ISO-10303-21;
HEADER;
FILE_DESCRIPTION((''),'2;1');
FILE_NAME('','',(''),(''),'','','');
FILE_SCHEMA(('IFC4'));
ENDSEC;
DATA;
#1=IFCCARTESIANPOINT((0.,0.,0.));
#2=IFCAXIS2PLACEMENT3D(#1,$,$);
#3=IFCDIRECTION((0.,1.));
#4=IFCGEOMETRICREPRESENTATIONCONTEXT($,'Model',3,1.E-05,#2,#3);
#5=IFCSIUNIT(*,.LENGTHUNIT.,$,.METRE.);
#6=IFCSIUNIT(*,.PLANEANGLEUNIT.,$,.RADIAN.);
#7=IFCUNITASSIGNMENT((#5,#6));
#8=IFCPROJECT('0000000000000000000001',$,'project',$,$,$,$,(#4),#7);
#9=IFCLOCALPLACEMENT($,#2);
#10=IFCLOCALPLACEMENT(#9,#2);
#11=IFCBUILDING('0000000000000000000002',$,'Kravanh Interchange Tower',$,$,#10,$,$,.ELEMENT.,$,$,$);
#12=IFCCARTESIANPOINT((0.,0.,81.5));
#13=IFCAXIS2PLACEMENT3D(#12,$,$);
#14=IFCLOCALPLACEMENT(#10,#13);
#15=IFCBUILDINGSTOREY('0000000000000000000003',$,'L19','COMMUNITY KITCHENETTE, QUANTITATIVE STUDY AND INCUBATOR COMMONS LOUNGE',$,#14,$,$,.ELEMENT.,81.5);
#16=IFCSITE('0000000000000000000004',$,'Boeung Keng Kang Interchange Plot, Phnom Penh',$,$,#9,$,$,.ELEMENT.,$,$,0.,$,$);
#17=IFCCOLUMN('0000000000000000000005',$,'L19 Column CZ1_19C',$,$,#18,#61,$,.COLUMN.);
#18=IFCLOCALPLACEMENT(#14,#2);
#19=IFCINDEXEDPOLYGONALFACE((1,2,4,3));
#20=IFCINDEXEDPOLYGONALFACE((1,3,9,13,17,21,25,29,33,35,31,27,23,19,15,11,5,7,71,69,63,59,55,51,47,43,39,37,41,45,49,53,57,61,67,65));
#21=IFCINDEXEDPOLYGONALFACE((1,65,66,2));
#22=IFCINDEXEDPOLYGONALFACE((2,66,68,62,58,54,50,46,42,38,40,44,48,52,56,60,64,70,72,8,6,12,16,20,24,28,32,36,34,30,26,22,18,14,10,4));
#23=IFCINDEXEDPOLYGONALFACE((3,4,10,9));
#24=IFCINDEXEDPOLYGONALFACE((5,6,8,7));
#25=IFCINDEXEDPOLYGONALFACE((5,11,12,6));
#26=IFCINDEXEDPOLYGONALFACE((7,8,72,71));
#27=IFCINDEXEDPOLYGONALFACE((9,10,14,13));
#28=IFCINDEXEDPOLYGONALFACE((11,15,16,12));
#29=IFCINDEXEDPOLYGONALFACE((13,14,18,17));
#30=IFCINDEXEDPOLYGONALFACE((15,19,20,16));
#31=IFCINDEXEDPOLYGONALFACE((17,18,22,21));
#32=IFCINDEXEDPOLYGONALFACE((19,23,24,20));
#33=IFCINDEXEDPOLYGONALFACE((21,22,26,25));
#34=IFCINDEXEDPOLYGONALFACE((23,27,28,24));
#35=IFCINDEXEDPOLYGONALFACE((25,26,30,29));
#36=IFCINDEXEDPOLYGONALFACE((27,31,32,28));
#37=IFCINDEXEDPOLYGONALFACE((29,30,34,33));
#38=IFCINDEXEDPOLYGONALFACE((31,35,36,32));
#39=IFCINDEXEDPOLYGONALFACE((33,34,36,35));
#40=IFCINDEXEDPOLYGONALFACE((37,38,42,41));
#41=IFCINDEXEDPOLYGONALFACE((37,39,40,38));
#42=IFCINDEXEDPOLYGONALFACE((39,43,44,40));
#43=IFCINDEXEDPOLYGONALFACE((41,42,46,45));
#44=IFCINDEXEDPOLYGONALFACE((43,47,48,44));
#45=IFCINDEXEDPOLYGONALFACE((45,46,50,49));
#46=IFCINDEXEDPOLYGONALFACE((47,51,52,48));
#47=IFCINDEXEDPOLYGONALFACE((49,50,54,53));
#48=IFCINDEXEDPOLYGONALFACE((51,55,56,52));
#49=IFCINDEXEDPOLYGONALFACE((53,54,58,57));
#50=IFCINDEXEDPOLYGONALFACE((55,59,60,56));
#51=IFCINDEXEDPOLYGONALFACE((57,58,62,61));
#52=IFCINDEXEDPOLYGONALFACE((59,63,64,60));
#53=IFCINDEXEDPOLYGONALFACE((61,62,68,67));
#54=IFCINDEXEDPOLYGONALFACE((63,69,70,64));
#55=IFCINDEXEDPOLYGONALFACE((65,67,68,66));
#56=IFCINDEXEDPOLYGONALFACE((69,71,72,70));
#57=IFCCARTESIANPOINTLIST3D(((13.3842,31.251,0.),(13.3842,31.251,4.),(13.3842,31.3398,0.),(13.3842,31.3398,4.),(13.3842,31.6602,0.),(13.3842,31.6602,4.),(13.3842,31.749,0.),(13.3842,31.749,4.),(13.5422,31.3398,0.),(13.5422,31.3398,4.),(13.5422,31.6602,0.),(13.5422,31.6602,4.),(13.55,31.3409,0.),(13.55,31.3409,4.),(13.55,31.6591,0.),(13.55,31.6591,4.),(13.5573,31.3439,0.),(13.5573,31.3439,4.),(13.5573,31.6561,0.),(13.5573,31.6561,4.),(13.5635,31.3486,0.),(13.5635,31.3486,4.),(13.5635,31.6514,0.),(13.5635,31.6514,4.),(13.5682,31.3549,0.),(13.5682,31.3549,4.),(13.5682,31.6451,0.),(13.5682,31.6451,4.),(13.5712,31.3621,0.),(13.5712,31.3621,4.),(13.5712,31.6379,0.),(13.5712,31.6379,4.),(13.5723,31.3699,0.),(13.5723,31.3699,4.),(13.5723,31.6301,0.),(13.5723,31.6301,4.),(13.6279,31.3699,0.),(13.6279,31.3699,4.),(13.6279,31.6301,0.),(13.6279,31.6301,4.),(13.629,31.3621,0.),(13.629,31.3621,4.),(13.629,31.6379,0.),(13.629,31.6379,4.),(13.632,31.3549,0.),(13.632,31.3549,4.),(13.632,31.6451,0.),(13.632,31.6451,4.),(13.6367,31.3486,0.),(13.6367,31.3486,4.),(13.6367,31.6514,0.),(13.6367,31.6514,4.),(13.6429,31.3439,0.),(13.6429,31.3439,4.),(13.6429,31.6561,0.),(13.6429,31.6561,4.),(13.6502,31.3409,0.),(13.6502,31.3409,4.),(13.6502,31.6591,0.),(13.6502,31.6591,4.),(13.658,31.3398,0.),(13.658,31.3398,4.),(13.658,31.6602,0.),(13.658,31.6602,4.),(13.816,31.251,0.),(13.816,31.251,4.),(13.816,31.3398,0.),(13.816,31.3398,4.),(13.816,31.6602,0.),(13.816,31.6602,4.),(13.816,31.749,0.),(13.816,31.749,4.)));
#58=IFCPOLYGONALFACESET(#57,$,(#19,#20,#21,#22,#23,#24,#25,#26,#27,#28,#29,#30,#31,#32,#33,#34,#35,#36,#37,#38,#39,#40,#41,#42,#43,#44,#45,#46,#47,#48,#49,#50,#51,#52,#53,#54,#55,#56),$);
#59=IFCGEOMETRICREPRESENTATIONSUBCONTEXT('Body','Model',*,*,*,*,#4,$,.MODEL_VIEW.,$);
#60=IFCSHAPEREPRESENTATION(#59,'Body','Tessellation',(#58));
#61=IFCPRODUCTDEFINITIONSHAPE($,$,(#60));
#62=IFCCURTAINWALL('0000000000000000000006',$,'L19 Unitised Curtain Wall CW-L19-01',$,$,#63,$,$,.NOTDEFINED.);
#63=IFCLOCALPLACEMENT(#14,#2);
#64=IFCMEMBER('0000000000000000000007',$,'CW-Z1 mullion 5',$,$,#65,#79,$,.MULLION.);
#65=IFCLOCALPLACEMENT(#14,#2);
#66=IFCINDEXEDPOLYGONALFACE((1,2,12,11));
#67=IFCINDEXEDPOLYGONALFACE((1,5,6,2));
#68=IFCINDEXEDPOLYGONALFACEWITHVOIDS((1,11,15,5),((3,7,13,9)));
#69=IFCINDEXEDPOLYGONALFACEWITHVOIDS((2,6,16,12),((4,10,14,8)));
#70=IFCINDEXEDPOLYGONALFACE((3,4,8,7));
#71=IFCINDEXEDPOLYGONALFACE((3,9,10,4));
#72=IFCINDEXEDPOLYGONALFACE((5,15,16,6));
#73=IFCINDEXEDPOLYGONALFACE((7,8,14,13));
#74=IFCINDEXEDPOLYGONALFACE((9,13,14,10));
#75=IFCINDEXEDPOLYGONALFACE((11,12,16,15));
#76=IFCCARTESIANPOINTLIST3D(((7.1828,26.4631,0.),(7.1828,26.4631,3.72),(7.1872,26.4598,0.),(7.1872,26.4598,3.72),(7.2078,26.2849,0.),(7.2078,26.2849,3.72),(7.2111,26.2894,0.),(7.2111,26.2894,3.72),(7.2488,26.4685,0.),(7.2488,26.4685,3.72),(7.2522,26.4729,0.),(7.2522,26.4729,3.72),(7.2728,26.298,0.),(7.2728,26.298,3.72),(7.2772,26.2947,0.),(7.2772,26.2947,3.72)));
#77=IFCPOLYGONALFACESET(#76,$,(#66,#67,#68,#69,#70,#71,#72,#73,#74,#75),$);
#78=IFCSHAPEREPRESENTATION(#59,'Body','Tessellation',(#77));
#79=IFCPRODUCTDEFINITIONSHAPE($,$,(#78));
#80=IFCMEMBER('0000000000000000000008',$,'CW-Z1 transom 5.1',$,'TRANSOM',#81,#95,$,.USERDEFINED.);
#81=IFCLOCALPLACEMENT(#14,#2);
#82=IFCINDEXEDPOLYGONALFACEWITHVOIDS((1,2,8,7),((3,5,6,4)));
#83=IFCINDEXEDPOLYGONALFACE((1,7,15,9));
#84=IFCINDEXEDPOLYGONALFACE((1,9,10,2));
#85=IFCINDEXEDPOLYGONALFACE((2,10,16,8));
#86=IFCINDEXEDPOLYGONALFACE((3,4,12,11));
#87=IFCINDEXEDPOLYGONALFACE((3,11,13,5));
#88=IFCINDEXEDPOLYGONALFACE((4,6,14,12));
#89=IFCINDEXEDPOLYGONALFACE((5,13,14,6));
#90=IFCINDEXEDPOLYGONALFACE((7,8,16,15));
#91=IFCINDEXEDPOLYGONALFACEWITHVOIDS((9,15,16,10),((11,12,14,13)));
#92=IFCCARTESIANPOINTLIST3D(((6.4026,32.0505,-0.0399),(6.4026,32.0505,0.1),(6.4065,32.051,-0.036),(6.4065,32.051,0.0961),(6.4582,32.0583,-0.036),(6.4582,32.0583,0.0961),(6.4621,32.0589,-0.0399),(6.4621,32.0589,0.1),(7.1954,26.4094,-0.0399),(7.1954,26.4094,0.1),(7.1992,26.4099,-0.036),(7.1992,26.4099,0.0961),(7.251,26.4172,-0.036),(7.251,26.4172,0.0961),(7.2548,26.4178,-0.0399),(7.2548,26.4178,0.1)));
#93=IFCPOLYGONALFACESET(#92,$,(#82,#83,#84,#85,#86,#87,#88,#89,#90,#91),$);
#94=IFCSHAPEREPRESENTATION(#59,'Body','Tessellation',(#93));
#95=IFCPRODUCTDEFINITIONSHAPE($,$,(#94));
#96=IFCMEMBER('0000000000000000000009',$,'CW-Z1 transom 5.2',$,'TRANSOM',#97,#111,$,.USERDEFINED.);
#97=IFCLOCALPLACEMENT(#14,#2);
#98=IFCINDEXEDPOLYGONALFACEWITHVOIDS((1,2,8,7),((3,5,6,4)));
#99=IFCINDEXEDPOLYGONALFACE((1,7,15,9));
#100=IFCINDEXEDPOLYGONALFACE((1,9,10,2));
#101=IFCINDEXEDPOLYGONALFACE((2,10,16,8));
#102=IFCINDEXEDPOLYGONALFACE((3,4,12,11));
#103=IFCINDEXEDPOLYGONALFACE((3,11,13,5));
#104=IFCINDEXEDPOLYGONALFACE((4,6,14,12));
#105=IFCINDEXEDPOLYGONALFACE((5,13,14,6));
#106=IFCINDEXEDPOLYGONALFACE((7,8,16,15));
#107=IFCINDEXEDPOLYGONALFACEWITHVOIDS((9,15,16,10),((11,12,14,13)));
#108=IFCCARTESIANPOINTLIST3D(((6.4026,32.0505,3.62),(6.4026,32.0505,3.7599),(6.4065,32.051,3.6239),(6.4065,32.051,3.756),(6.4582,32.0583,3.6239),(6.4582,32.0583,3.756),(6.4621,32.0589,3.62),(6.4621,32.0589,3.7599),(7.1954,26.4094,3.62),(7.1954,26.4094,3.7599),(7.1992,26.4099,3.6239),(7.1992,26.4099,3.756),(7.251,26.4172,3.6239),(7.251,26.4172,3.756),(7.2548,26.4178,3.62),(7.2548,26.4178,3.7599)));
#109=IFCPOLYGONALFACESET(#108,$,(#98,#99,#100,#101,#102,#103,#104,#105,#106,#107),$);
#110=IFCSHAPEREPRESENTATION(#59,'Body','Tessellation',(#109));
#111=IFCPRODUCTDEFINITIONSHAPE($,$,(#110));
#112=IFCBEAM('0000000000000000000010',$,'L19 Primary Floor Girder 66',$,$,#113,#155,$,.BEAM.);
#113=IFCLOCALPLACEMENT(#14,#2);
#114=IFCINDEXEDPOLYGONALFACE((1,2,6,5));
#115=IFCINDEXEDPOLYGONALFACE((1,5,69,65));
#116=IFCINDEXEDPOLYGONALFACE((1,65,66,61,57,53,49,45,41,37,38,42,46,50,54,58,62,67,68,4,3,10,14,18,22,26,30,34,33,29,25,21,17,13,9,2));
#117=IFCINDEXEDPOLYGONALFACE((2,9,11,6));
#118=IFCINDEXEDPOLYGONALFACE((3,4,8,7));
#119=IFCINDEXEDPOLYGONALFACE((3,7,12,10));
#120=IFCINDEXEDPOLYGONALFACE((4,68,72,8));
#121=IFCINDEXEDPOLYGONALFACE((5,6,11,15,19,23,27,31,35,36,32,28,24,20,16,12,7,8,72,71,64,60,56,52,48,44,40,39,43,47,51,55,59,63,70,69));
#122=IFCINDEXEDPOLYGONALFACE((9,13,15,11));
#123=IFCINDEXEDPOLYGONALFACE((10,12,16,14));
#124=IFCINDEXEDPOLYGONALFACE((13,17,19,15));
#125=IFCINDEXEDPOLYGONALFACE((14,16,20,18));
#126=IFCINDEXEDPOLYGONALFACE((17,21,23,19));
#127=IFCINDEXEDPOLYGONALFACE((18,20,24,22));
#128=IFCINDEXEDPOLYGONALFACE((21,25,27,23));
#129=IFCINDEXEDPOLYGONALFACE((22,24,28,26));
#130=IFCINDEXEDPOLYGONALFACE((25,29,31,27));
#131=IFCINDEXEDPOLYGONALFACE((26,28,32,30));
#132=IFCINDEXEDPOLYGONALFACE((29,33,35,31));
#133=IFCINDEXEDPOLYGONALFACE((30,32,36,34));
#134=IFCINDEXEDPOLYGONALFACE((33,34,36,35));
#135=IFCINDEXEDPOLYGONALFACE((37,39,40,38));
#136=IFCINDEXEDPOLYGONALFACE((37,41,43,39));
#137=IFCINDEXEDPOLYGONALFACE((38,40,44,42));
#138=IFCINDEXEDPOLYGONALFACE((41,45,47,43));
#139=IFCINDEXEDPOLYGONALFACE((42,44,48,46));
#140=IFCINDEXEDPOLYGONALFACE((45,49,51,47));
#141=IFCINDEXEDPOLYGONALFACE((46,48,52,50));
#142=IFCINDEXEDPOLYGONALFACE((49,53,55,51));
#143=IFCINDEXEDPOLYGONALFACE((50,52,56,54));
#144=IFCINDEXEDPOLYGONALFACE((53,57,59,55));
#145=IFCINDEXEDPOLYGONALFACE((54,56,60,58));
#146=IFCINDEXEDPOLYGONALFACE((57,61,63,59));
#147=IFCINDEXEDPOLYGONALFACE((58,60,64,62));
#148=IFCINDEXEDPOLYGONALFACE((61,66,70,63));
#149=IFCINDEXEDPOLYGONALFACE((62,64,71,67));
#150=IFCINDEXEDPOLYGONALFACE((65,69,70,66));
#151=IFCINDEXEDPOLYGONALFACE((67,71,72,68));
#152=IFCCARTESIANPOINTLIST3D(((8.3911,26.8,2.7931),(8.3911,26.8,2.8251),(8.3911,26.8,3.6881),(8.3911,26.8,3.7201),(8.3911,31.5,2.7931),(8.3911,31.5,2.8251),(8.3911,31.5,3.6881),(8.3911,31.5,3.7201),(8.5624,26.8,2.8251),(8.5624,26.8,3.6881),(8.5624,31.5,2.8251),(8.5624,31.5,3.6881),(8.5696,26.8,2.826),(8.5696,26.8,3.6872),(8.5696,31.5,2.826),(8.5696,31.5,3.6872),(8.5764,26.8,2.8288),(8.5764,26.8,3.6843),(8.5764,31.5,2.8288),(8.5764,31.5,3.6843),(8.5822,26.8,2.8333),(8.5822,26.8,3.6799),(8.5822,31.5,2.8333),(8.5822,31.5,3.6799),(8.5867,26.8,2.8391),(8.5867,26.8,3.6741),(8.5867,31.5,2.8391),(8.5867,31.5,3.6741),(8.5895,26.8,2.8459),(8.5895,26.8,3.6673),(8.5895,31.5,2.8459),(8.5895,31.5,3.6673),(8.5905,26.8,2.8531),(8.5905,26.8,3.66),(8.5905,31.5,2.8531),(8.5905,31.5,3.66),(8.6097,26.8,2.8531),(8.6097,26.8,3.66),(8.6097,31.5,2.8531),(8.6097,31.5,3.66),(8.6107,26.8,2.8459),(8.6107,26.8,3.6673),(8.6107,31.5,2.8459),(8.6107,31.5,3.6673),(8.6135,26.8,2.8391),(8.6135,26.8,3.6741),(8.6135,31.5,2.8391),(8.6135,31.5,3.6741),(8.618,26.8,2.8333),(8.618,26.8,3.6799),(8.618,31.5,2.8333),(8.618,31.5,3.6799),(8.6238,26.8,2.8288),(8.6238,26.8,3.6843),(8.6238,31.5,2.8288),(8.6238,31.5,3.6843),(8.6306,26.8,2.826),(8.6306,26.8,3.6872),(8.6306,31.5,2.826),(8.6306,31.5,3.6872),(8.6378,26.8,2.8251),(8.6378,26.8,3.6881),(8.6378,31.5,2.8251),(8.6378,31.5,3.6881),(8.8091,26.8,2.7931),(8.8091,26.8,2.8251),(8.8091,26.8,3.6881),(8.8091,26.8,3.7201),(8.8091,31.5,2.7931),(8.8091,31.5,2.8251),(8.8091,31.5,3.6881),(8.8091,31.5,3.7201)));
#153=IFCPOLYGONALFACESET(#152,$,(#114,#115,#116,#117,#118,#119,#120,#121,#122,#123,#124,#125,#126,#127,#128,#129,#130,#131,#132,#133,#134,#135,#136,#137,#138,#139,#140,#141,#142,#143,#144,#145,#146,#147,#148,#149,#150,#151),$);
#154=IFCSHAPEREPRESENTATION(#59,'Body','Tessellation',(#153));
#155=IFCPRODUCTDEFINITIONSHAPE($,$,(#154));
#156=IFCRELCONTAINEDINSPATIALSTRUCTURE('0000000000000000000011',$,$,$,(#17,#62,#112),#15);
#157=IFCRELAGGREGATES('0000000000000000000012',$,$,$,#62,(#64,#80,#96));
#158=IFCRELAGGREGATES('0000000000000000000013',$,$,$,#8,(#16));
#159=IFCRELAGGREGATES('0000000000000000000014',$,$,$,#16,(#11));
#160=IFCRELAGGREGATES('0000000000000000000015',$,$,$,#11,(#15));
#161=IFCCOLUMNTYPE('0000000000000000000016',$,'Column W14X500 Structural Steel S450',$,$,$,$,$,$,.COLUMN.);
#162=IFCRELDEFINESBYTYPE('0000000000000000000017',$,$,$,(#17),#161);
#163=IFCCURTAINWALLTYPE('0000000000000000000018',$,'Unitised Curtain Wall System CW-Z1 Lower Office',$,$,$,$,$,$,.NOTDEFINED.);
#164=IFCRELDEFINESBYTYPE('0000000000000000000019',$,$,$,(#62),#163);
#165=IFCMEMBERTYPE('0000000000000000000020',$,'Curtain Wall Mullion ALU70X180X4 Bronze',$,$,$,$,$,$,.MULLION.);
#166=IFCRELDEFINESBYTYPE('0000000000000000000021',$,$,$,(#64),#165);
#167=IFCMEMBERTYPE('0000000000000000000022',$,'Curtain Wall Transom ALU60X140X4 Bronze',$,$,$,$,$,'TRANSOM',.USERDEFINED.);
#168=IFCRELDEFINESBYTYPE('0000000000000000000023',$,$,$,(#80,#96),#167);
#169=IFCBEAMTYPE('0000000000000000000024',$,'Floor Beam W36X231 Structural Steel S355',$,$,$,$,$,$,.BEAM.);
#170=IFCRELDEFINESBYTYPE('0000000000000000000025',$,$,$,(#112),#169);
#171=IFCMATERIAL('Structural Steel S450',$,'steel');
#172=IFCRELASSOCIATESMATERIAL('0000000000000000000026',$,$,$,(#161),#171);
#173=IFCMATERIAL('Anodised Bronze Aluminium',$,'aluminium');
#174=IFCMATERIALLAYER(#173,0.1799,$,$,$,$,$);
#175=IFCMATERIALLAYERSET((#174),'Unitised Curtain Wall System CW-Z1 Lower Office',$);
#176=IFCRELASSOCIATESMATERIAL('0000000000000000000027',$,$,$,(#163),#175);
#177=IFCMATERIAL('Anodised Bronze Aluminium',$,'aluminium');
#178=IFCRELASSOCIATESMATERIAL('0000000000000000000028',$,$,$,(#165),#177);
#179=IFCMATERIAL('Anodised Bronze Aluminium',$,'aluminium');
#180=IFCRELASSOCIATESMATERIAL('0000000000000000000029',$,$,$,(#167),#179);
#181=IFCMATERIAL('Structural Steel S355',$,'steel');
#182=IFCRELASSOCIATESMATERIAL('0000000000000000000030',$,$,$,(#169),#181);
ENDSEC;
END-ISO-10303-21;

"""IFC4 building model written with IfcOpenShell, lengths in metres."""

from ifc_helpers import new_model, si_unit, direction, frame, origin, origin_2d, place, context, subcontext, project, spatial, hollow_rectangle, i_section, extrude, material, layer, layer_set, material_profile, profile_set, type_object, element, aggregate, save


model = new_model("IFC4")

# Units and contexts
model_context = context("Model", 3, precision=1e-05, world=origin(), true_north=direction((0.0, 1.0)))
body_context = subcontext(model_context, "Body", "Model", "MODEL_VIEW")
ifc_project = project(units=[si_unit("LENGTHUNIT", "METRE"), si_unit("PLANEANGLEUNIT", "RADIAN")], contexts=[model_context])

# Site, building, storey
site_placement = place(None, origin())
site = spatial("IfcSite", under=ifc_project, at=site_placement, Name="Boeung Keng Kang Interchange Plot, Phnom Penh", CompositionType="ELEMENT", RefElevation=0.0)
building_placement = place(site_placement, origin())
building = spatial("IfcBuilding", under=site, at=building_placement, Name="Kravanh Interchange Tower", CompositionType="ELEMENT")
storey_placement = place(building_placement, frame((0.0, 0.0, 81.5)))
storey = spatial("IfcBuildingStorey", under=building, at=storey_placement, Name="L19", Description="COMMUNITY KITCHENETTE, QUANTITATIVE STUDY AND INCUBATOR COMMONS LOUNGE", CompositionType="ELEMENT", Elevation=81.5)

# Column
ifc_material_1 = material(Name="Structural Steel S450", Category="steel")
ifc_material_profile_1 = material_profile(ifc_material_1, i_section(OverallWidth=0.4319, OverallDepth=0.498, WebThickness=0.0557, FlangeThickness=0.0889, FilletRadius=0.03, at=origin_2d()), Name="W14X500")
ifc_profile_set_1 = profile_set([ifc_material_profile_1], Name="Structural Steel S450")
column_type = type_object("IfcColumnType", Name="Column W14X500 Structural Steel S450", PredefinedType="COLUMN", material=ifc_profile_set_1)
for number, where, z_axis, x_axis, name in (
    (1, (13.6001, 31.5, 0.0), (0.0, 0.0, 1.0), (1.0, 0.0, 0.0), "L19 Column CZ1_19C"),
):
    element("IfcColumn", number, at=place(storey_placement, frame(where, z_axis=z_axis, x_axis=x_axis)), inside=storey, type_object=column_type, Name=name, PredefinedType="COLUMN", context=body_context, shape_type="SweptSolid", body=[
        extrude(i_section(OverallWidth=0.4319, OverallDepth=0.498, WebThickness=0.0557, FlangeThickness=0.0889, FilletRadius=0.03, at=origin_2d()), origin(), (0.0, 0.0, 1.0), 4.0),
    ])

# Curtain wall, members
ifc_material_2 = material(Name="Anodised Bronze Aluminium", Category="aluminium")
ifc_layer_1 = layer(ifc_material_2, 0.1799)
ifc_layer_set_1 = layer_set([ifc_layer_1], Name="Unitised Curtain Wall System CW-Z1 Lower Office")
curtain_wall_type = type_object("IfcCurtainWallType", Name="Unitised Curtain Wall System CW-Z1 Lower Office", PredefinedType="NOTDEFINED", material=ifc_layer_set_1)
curtain_wall_placement = place(storey_placement, origin())
curtain_wall = element("IfcCurtainWall", 2, at=curtain_wall_placement, inside=storey, type_object=curtain_wall_type, Name="L19 Unitised Curtain Wall CW-L19-01", PredefinedType="NOTDEFINED")
ifc_material_3 = material(Name="Anodised Bronze Aluminium", Category="aluminium")
ifc_material_profile_2 = material_profile(ifc_material_3, hollow_rectangle(XDim=0.0701, YDim=0.1799, WallThickness=0.0039, at=origin_2d()), Name="ALU70X180X4")
ifc_profile_set_2 = profile_set([ifc_material_profile_2], Name="Anodised Bronze Aluminium")
member_type_1 = type_object("IfcMemberType", Name="Curtain Wall Mullion ALU70X180X4 Bronze", PredefinedType="MULLION", material=ifc_profile_set_2)
member_1_placement = place(storey_placement, frame((7.23, 26.3789, 0.0), z_axis=(0.0, 0.0, 1.0), x_axis=(-0.990268, -0.139177, 0.0)))
member_1 = element("IfcMember", 3, at=member_1_placement, type_object=member_type_1, Name="CW-Z1 mullion 5", PredefinedType="MULLION", context=body_context, shape_type="SweptSolid", body=[
    extrude(hollow_rectangle(XDim=0.0701, YDim=0.1799, WallThickness=0.0039, at=origin_2d()), origin(), (0.0, 0.0, 1.0), 3.72),
])
ifc_material_4 = material(Name="Anodised Bronze Aluminium", Category="aluminium")
ifc_material_profile_3 = material_profile(ifc_material_4, hollow_rectangle(XDim=0.0601, YDim=0.1399, WallThickness=0.0039, at=origin_2d()), Name="ALU60X140X4")
ifc_profile_set_3 = profile_set([ifc_material_profile_3], Name="Anodised Bronze Aluminium")
member_type_2 = type_object("IfcMemberType", Name="Curtain Wall Transom ALU60X140X4 Bronze", ElementType="TRANSOM", PredefinedType="USERDEFINED", material=ifc_profile_set_3)
member_2_placement = place(storey_placement, frame((7.2251, 26.4136, 0.03), z_axis=(-0.139159, 0.99027, 0.0), x_axis=(-0.99027, -0.139159, 0.0)))
member_2 = element("IfcMember", 4, at=member_2_placement, type_object=member_type_2, Name="CW-Z1 transom 5.1", ObjectType="TRANSOM", PredefinedType="USERDEFINED", context=body_context, shape_type="SweptSolid", body=[
    extrude(hollow_rectangle(XDim=0.0601, YDim=0.1399, WallThickness=0.0039, at=origin_2d()), origin(), (0.0, 0.0, 1.0), 5.6965),
])
member_3_placement = place(storey_placement, frame((7.2251, 26.4136, 3.6899), z_axis=(-0.139159, 0.99027, 0.0), x_axis=(-0.99027, -0.139159, 0.0)))
member_3 = element("IfcMember", 5, at=member_3_placement, type_object=member_type_2, Name="CW-Z1 transom 5.2", ObjectType="TRANSOM", PredefinedType="USERDEFINED", context=body_context, shape_type="SweptSolid", body=[
    extrude(hollow_rectangle(XDim=0.0601, YDim=0.1399, WallThickness=0.0039, at=origin_2d()), origin(), (0.0, 0.0, 1.0), 5.6965),
])

# Beam
ifc_material_5 = material(Name="Structural Steel S355", Category="steel")
ifc_material_profile_4 = material_profile(ifc_material_5, i_section(OverallWidth=0.418, OverallDepth=0.927, WebThickness=0.0193, FlangeThickness=0.032, FilletRadius=0.0281, at=origin_2d()), Name="W36X231")
ifc_profile_set_4 = profile_set([ifc_material_profile_4], Name="Structural Steel S355")
beam_type_1 = type_object("IfcBeamType", Name="Floor Beam W36X231 Structural Steel S355", PredefinedType="BEAM", material=ifc_profile_set_4)
beam_1_placement = place(storey_placement, frame((8.6001, 26.8, 3.2566), z_axis=(0.0, 1.0, 0.0), x_axis=(-1.0, 0.0, 0.0)))
element("IfcBeam", 6, at=beam_1_placement, inside=storey, type_object=beam_type_1, Name="L19 Primary Floor Girder 66", PredefinedType="BEAM", context=body_context, shape_type="SweptSolid", body=[
    extrude(i_section(OverallWidth=0.418, OverallDepth=0.927, WebThickness=0.0193, FlangeThickness=0.032, FilletRadius=0.0281, at=origin_2d()), origin(), (0.0, 0.0, 1.0), 4.7),
])

aggregate(curtain_wall, [member_1, member_2, member_3])

save(model, "model.ifc")
